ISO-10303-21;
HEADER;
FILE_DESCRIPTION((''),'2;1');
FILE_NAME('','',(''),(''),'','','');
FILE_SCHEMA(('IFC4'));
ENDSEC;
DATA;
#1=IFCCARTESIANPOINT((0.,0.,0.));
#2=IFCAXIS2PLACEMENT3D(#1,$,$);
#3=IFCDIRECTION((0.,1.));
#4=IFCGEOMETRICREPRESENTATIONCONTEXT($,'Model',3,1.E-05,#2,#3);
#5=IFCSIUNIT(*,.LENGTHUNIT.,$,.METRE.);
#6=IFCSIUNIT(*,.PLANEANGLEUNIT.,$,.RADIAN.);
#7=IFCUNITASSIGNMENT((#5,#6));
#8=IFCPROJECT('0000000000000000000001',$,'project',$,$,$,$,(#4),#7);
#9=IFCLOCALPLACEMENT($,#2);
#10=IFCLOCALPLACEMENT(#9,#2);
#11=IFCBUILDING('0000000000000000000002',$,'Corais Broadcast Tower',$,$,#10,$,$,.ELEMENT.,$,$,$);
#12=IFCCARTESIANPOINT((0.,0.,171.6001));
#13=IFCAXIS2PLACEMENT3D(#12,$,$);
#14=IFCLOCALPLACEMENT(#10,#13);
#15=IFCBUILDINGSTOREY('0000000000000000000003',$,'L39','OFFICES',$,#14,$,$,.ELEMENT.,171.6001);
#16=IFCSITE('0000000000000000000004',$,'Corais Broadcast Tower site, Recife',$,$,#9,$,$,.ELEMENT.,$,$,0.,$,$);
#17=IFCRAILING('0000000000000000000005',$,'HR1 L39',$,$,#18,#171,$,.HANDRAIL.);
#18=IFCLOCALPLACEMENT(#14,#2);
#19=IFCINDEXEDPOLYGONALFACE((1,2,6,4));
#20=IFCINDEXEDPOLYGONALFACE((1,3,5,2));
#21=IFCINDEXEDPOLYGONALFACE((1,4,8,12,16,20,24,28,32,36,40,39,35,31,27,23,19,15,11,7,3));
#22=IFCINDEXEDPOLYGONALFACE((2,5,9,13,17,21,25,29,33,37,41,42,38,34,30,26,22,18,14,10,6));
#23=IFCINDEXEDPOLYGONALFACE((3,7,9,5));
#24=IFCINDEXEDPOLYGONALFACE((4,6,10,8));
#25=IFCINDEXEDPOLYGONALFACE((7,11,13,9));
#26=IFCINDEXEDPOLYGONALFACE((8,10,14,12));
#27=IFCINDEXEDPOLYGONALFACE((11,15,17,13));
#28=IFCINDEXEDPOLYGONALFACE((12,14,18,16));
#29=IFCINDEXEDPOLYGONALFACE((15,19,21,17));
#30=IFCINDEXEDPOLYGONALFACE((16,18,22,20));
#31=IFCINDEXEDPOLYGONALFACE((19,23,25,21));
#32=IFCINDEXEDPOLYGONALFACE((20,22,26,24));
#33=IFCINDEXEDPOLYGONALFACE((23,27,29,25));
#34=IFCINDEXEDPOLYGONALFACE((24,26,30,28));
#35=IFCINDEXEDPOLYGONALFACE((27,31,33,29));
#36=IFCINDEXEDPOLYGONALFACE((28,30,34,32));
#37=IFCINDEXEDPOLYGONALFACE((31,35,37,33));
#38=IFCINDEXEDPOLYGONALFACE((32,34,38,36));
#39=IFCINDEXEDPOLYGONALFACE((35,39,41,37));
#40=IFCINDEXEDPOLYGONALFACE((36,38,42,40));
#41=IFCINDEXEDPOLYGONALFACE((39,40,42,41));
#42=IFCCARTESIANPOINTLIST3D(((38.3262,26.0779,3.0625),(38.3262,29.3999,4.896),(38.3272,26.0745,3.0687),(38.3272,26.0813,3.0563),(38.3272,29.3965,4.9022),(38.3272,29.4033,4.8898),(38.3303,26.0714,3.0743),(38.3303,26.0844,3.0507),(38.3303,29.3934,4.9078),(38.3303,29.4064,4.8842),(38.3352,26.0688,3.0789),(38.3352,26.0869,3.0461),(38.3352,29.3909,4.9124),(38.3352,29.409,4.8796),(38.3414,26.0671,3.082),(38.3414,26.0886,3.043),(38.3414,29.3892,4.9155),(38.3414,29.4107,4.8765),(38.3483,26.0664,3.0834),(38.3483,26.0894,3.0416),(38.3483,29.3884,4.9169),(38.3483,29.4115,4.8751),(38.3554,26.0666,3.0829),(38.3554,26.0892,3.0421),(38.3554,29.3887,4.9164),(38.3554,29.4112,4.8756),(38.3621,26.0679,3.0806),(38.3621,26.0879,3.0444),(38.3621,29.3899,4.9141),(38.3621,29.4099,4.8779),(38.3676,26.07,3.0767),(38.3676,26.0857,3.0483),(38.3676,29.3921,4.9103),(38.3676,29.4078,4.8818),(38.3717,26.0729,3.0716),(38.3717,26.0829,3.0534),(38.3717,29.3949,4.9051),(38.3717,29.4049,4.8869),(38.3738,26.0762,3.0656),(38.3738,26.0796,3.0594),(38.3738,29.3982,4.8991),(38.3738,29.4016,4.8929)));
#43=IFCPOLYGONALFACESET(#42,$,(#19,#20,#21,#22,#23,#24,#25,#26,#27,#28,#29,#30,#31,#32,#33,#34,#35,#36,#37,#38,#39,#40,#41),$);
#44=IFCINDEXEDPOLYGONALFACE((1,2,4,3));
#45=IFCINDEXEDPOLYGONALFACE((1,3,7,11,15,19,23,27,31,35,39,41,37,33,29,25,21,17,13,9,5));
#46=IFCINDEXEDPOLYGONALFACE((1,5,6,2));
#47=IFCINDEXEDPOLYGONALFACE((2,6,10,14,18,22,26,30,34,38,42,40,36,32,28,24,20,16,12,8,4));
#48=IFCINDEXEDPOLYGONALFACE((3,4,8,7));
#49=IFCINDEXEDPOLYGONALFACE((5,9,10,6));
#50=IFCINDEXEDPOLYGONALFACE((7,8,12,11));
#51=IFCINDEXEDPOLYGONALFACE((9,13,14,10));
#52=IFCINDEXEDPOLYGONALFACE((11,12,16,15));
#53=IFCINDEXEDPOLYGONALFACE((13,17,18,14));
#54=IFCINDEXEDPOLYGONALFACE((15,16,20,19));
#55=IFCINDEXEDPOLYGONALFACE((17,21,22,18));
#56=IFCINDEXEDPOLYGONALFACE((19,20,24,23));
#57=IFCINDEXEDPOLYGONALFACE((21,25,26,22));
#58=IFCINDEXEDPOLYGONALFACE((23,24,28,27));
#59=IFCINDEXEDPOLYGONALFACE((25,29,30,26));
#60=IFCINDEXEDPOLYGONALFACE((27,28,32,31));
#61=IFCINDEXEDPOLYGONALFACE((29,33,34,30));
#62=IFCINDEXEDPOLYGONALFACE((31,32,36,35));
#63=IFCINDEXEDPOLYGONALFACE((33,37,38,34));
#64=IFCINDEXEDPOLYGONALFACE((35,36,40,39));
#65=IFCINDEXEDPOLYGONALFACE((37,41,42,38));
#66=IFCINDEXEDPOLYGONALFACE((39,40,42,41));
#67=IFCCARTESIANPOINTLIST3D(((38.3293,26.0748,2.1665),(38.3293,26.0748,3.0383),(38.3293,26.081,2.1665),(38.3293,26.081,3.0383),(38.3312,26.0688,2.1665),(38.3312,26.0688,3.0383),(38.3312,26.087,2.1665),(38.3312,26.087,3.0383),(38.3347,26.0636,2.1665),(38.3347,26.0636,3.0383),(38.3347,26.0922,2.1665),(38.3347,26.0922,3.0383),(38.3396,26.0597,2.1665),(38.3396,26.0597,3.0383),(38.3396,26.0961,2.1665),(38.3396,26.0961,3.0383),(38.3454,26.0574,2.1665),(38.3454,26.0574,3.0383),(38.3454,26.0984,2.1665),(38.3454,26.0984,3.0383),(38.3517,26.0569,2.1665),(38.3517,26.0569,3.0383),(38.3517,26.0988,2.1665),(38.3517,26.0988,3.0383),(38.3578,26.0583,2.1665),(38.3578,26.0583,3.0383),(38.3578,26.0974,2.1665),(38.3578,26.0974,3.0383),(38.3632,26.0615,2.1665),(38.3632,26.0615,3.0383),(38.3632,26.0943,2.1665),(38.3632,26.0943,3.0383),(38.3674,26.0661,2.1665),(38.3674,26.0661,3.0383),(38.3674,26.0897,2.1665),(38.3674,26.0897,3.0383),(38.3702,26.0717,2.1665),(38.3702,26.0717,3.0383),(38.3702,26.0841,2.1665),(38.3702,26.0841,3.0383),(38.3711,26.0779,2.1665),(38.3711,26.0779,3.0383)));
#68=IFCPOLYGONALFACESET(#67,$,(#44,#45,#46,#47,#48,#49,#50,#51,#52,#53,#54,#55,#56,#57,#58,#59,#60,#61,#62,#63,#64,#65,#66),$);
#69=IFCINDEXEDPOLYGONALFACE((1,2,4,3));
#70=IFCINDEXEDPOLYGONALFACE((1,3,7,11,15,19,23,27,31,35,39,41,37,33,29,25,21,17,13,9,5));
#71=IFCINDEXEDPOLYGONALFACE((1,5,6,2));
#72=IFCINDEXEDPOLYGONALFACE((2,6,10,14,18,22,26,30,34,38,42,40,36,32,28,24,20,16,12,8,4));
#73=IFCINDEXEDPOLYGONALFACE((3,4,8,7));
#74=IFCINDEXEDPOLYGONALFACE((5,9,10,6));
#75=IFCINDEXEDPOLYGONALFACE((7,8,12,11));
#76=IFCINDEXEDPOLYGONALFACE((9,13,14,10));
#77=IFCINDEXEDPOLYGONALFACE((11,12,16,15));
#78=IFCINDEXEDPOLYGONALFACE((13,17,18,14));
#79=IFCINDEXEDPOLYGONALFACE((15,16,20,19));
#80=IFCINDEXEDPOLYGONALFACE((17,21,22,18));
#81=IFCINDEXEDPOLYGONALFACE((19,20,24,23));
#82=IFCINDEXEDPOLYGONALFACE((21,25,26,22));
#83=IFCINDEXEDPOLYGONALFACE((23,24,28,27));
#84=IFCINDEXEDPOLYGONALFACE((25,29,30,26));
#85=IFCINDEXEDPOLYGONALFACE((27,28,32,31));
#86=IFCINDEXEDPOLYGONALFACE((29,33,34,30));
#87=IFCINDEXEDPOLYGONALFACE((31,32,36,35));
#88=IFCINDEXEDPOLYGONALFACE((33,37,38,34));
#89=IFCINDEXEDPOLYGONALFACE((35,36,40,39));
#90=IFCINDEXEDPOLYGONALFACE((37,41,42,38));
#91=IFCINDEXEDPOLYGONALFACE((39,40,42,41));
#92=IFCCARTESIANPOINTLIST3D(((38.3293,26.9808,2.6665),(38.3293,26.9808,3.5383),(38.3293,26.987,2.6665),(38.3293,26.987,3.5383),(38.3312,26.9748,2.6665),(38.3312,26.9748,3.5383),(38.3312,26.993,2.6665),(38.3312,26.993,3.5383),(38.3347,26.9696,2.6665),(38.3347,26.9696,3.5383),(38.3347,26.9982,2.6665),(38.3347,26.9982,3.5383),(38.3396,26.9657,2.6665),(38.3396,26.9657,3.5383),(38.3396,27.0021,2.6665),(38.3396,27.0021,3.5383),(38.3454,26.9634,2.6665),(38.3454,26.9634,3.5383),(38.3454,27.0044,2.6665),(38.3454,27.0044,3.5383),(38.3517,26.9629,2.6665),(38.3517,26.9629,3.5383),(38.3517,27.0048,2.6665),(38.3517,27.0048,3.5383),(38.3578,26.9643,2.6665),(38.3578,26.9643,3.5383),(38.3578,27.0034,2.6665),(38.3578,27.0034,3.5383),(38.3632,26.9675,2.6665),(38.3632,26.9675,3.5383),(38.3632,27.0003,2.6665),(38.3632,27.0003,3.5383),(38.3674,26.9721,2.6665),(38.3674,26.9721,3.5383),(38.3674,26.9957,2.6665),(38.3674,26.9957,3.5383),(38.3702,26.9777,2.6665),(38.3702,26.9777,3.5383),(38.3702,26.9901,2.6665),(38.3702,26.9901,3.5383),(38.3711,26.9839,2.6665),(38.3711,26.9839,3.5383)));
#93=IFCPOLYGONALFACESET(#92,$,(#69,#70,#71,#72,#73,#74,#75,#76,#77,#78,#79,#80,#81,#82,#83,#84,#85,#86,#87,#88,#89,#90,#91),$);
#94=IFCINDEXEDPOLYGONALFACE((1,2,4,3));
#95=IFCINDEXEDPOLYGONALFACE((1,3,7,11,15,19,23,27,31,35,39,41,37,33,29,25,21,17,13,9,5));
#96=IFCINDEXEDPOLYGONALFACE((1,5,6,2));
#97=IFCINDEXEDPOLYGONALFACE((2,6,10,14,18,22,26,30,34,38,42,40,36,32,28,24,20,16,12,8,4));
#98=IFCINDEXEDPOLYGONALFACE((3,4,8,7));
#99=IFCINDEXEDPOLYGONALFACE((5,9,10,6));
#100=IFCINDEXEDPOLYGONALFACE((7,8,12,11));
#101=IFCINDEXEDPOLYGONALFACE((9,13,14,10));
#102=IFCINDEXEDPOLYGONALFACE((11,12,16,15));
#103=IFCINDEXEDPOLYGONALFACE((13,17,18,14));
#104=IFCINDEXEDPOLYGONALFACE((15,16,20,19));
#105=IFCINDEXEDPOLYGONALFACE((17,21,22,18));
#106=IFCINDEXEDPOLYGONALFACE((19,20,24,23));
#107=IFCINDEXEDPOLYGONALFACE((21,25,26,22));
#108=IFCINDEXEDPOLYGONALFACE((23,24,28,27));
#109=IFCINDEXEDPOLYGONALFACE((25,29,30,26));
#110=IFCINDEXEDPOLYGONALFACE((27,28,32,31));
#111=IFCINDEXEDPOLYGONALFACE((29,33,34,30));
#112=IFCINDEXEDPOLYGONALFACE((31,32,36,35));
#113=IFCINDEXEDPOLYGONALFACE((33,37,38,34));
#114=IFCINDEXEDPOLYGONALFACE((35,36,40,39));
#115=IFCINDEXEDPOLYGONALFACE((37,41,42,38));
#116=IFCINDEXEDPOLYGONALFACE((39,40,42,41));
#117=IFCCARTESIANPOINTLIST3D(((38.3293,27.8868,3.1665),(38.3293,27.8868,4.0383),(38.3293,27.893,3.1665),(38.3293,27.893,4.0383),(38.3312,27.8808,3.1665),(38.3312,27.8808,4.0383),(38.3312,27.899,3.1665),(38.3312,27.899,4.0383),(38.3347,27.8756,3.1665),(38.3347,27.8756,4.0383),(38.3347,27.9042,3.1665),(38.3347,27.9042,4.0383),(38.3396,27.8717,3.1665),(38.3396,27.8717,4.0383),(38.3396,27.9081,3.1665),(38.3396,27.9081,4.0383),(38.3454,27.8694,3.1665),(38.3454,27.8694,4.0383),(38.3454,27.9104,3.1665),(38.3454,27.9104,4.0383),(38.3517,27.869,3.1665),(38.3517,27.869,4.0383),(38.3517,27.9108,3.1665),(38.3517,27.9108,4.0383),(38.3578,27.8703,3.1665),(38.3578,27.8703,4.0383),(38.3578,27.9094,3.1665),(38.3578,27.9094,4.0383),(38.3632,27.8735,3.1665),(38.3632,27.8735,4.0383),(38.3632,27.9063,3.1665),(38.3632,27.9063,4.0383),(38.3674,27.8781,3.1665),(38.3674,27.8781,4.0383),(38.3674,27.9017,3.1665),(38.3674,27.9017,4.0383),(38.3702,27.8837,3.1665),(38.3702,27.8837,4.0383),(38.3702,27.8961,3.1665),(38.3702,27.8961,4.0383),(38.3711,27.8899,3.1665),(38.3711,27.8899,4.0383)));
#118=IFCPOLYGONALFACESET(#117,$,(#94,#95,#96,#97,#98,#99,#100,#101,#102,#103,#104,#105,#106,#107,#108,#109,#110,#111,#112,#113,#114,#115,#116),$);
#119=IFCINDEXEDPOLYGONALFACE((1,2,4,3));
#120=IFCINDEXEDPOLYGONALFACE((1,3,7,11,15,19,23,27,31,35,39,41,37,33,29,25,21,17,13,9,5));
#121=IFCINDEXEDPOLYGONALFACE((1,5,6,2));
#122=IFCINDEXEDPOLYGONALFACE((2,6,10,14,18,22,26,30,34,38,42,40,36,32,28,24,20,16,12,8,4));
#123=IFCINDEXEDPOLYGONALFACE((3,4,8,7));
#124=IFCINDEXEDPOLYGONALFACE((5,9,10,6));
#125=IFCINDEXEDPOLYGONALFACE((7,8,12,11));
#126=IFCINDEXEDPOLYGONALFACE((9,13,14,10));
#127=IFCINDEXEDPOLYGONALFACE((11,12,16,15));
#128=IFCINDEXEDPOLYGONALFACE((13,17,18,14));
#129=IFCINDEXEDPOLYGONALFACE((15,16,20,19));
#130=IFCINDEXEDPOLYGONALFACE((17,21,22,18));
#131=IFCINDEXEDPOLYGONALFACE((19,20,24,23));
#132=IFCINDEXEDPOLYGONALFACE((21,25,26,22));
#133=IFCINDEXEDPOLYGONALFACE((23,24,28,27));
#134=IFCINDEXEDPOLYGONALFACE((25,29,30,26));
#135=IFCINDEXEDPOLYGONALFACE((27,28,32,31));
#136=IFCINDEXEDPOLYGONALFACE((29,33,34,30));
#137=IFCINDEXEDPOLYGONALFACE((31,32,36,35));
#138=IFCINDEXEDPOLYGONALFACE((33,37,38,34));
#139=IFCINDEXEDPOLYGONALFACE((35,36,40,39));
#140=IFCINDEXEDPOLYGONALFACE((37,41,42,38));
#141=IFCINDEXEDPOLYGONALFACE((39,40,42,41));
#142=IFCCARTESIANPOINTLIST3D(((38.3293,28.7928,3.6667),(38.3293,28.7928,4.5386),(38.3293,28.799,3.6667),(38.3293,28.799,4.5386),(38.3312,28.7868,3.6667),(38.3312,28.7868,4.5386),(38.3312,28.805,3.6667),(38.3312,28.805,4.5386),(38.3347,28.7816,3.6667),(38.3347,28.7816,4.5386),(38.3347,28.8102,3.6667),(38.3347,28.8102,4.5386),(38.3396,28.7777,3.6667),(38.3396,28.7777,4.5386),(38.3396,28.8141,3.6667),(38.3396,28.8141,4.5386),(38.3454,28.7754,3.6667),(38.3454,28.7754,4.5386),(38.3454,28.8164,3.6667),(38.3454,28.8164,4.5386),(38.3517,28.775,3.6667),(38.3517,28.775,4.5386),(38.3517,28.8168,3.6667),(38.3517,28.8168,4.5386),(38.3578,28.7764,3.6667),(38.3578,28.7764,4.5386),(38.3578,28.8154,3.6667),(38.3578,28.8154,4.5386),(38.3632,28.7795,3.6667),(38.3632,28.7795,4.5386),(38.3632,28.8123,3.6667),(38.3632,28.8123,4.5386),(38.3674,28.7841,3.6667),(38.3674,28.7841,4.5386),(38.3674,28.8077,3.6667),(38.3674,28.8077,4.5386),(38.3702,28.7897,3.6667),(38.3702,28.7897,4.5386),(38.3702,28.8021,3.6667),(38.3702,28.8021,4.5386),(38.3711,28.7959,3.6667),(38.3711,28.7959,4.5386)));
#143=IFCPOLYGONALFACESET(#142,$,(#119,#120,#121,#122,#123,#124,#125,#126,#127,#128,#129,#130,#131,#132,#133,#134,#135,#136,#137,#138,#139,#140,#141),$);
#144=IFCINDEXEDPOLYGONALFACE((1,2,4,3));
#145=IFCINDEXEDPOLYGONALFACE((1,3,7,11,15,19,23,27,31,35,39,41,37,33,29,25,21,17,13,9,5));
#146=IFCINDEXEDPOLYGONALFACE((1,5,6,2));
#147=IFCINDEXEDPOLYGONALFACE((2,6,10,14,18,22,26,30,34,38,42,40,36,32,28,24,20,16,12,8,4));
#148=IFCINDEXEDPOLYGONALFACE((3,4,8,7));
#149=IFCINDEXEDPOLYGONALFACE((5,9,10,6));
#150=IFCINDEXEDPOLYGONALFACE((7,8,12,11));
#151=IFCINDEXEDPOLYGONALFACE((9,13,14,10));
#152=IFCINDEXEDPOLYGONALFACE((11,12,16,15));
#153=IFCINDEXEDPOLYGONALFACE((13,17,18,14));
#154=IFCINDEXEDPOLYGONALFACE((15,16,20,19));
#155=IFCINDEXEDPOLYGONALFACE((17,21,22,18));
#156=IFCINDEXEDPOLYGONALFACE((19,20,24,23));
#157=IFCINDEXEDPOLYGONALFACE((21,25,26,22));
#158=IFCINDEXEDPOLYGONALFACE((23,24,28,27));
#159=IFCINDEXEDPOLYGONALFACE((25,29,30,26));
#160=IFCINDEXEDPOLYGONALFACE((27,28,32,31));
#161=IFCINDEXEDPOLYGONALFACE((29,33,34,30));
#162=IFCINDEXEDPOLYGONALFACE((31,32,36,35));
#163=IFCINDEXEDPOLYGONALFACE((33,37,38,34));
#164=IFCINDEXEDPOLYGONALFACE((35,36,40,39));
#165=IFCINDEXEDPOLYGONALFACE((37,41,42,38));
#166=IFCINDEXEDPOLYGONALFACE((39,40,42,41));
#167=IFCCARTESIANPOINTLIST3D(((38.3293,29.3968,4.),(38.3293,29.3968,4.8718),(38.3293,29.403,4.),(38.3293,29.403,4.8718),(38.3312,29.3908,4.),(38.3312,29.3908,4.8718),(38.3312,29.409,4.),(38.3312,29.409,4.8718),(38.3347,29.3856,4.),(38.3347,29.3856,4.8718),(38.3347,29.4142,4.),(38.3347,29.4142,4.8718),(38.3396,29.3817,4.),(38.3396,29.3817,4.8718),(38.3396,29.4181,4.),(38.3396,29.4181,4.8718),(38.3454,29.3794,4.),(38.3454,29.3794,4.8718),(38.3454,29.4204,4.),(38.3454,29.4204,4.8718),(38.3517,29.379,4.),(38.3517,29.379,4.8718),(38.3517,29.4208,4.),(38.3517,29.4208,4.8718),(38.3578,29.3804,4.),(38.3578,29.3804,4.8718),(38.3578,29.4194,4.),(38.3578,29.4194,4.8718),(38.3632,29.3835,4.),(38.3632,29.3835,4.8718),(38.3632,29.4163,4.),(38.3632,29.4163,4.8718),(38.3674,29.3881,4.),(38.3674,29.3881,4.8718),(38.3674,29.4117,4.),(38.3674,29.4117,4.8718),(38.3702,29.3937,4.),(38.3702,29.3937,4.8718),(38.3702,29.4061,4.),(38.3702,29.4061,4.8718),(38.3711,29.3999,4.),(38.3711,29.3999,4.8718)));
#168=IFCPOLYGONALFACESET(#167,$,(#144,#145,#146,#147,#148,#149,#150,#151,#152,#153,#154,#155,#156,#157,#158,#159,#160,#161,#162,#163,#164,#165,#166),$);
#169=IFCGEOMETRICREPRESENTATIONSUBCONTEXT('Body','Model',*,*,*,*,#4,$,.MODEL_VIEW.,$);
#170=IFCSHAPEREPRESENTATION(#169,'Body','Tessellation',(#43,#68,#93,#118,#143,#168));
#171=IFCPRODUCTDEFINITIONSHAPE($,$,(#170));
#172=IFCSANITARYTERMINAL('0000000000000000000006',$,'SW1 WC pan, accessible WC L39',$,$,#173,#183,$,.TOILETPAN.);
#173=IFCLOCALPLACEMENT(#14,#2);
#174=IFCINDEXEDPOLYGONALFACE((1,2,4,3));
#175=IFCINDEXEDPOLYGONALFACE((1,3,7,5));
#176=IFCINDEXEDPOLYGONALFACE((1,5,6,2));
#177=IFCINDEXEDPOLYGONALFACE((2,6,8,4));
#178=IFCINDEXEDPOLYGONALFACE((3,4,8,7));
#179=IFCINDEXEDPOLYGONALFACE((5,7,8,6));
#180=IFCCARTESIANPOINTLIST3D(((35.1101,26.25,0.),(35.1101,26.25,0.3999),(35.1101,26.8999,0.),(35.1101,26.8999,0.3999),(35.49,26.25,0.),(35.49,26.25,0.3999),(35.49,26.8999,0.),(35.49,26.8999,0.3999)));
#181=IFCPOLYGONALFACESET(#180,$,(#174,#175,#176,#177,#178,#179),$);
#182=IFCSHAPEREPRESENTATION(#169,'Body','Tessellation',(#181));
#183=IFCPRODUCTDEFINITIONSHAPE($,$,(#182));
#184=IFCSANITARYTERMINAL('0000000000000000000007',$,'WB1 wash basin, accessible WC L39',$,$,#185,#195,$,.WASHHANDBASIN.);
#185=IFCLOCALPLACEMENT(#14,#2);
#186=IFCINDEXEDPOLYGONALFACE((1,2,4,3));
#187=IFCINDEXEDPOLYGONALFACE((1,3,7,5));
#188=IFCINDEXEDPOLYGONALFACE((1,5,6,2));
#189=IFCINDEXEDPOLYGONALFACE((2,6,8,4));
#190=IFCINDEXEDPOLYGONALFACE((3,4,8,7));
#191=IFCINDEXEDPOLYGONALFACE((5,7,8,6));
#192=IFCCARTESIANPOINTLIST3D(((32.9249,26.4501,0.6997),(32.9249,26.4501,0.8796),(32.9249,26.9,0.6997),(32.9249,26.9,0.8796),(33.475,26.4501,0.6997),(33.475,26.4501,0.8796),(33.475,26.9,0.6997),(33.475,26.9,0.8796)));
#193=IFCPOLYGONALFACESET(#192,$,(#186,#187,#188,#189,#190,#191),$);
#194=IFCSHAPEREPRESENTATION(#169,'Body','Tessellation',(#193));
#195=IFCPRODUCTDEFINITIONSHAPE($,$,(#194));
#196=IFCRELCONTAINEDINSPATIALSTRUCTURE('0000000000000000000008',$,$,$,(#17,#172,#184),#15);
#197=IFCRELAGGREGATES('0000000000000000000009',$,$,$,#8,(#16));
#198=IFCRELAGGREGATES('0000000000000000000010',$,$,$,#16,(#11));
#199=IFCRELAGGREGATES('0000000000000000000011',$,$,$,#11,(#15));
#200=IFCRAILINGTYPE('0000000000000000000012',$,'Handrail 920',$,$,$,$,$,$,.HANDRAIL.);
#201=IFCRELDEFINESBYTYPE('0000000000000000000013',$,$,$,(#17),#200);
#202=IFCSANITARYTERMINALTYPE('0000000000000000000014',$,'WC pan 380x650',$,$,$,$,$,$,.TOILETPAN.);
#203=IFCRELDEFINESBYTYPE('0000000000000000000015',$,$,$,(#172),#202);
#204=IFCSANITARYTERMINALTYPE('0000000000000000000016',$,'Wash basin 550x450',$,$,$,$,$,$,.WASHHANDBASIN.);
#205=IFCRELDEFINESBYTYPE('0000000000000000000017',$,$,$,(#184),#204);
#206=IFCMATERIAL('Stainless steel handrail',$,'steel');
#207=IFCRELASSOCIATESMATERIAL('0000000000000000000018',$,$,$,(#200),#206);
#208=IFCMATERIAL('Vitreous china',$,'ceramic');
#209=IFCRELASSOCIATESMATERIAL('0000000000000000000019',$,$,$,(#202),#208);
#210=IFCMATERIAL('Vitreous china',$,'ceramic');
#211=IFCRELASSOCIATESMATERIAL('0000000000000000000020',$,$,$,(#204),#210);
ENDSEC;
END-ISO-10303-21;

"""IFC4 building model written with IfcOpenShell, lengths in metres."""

from ifc_helpers import new_model, si_unit, direction, frame, origin, origin_2d, place, context, subcontext, project, spatial, rectangle, circle, extrude, material, type_object, element, save


model = new_model("IFC4")

# Units and contexts
model_context = context("Model", 3, precision=1e-05, world=origin(), true_north=direction((0.0, 1.0)))
body_context = subcontext(model_context, "Body", "Model", "MODEL_VIEW")
ifc_project = project(units=[si_unit("LENGTHUNIT", "METRE"), si_unit("PLANEANGLEUNIT", "RADIAN")], contexts=[model_context])

# Site, building, storey
site_placement = place(None, origin())
site = spatial("IfcSite", under=ifc_project, at=site_placement, Name="Corais Broadcast Tower site, Recife", CompositionType="ELEMENT", RefElevation=0.0)
building_placement = place(site_placement, origin())
building = spatial("IfcBuilding", under=site, at=building_placement, Name="Corais Broadcast Tower", CompositionType="ELEMENT")
storey_placement = place(building_placement, frame((0.0, 0.0, 171.6001)))
storey = spatial("IfcBuildingStorey", under=building, at=storey_placement, Name="L39", Description="OFFICES", CompositionType="ELEMENT", Elevation=171.6001)

# Railing
ifc_material_1 = material(Name="Stainless steel handrail", Category="steel")
railing_type = type_object("IfcRailingType", Name="Handrail 920", PredefinedType="HANDRAIL", material=ifc_material_1)
for number, where, name in (
    (1, (38.3501, 26.0779, 2.1665), "HR1 L39"),
):
    element("IfcRailing", number, at=place(storey_placement, frame(where)), inside=storey, type_object=railing_type, Name=name, PredefinedType="HANDRAIL", context=body_context, shape_type="SweptSolid", body=[
        extrude(circle(Radius=0.0239, at=origin_2d()), frame((0.0, 0.0, 0.896), z_axis=(0.0, 0.875504, 0.48321), x_axis=(-1.0, 0.0, 0.0)), (0.0, 0.0, 1.0), 3.7944),
        extrude(circle(Radius=0.021, at=origin_2d()), origin(), (0.0, 0.0, 1.0), 0.8718),
        extrude(circle(Radius=0.021, at=origin_2d()), frame((0.0, 0.906, 0.5)), (0.0, 0.0, 1.0), 0.8718),
        extrude(circle(Radius=0.021, at=origin_2d()), frame((0.0, 1.812, 1.0)), (0.0, 0.0, 1.0), 0.8718),
        extrude(circle(Radius=0.021, at=origin_2d()), frame((0.0, 2.718, 1.5002)), (0.0, 0.0, 1.0), 0.8718),
        extrude(circle(Radius=0.021, at=origin_2d()), frame((0.0, 3.322, 1.8335)), (0.0, 0.0, 1.0), 0.8718),
    ])

# Sanitary terminals
ifc_material_2 = material(Name="Vitreous china", Category="ceramic")
sanitary_terminal_type_1 = type_object("IfcSanitaryTerminalType", Name="WC pan 380x650", PredefinedType="TOILETPAN", material=ifc_material_2)
sanitary_terminal_1_placement = place(storey_placement, frame((35.3, 26.575, 0.0), z_axis=(0.0, 0.0, 1.0), x_axis=(1.0, 0.0, 0.0)))
element("IfcSanitaryTerminal", 2, at=sanitary_terminal_1_placement, inside=storey, type_object=sanitary_terminal_type_1, Name="SW1 WC pan, accessible WC L39", PredefinedType="TOILETPAN", context=body_context, shape_type="SweptSolid", body=[
    extrude(rectangle(XDim=0.3799, YDim=0.6499, at=origin_2d()), origin(), (0.0, 0.0, 1.0), 0.3999),
])
ifc_material_3 = material(Name="Vitreous china", Category="ceramic")
sanitary_terminal_type_2 = type_object("IfcSanitaryTerminalType", Name="Wash basin 550x450", PredefinedType="WASHHANDBASIN", material=ifc_material_3)
sanitary_terminal_2_placement = place(storey_placement, frame((33.2, 26.675, 0.6997), z_axis=(0.0, 0.0, 1.0), x_axis=(1.0, 0.0, 0.0)))
element("IfcSanitaryTerminal", 3, at=sanitary_terminal_2_placement, inside=storey, type_object=sanitary_terminal_type_2, Name="WB1 wash basin, accessible WC L39", PredefinedType="WASHHANDBASIN", context=body_context, shape_type="SweptSolid", body=[
    extrude(rectangle(XDim=0.55, YDim=0.45, at=origin_2d()), origin(), (0.0, 0.0, 1.0), 0.1799),
])

save(model, "model.ifc")
